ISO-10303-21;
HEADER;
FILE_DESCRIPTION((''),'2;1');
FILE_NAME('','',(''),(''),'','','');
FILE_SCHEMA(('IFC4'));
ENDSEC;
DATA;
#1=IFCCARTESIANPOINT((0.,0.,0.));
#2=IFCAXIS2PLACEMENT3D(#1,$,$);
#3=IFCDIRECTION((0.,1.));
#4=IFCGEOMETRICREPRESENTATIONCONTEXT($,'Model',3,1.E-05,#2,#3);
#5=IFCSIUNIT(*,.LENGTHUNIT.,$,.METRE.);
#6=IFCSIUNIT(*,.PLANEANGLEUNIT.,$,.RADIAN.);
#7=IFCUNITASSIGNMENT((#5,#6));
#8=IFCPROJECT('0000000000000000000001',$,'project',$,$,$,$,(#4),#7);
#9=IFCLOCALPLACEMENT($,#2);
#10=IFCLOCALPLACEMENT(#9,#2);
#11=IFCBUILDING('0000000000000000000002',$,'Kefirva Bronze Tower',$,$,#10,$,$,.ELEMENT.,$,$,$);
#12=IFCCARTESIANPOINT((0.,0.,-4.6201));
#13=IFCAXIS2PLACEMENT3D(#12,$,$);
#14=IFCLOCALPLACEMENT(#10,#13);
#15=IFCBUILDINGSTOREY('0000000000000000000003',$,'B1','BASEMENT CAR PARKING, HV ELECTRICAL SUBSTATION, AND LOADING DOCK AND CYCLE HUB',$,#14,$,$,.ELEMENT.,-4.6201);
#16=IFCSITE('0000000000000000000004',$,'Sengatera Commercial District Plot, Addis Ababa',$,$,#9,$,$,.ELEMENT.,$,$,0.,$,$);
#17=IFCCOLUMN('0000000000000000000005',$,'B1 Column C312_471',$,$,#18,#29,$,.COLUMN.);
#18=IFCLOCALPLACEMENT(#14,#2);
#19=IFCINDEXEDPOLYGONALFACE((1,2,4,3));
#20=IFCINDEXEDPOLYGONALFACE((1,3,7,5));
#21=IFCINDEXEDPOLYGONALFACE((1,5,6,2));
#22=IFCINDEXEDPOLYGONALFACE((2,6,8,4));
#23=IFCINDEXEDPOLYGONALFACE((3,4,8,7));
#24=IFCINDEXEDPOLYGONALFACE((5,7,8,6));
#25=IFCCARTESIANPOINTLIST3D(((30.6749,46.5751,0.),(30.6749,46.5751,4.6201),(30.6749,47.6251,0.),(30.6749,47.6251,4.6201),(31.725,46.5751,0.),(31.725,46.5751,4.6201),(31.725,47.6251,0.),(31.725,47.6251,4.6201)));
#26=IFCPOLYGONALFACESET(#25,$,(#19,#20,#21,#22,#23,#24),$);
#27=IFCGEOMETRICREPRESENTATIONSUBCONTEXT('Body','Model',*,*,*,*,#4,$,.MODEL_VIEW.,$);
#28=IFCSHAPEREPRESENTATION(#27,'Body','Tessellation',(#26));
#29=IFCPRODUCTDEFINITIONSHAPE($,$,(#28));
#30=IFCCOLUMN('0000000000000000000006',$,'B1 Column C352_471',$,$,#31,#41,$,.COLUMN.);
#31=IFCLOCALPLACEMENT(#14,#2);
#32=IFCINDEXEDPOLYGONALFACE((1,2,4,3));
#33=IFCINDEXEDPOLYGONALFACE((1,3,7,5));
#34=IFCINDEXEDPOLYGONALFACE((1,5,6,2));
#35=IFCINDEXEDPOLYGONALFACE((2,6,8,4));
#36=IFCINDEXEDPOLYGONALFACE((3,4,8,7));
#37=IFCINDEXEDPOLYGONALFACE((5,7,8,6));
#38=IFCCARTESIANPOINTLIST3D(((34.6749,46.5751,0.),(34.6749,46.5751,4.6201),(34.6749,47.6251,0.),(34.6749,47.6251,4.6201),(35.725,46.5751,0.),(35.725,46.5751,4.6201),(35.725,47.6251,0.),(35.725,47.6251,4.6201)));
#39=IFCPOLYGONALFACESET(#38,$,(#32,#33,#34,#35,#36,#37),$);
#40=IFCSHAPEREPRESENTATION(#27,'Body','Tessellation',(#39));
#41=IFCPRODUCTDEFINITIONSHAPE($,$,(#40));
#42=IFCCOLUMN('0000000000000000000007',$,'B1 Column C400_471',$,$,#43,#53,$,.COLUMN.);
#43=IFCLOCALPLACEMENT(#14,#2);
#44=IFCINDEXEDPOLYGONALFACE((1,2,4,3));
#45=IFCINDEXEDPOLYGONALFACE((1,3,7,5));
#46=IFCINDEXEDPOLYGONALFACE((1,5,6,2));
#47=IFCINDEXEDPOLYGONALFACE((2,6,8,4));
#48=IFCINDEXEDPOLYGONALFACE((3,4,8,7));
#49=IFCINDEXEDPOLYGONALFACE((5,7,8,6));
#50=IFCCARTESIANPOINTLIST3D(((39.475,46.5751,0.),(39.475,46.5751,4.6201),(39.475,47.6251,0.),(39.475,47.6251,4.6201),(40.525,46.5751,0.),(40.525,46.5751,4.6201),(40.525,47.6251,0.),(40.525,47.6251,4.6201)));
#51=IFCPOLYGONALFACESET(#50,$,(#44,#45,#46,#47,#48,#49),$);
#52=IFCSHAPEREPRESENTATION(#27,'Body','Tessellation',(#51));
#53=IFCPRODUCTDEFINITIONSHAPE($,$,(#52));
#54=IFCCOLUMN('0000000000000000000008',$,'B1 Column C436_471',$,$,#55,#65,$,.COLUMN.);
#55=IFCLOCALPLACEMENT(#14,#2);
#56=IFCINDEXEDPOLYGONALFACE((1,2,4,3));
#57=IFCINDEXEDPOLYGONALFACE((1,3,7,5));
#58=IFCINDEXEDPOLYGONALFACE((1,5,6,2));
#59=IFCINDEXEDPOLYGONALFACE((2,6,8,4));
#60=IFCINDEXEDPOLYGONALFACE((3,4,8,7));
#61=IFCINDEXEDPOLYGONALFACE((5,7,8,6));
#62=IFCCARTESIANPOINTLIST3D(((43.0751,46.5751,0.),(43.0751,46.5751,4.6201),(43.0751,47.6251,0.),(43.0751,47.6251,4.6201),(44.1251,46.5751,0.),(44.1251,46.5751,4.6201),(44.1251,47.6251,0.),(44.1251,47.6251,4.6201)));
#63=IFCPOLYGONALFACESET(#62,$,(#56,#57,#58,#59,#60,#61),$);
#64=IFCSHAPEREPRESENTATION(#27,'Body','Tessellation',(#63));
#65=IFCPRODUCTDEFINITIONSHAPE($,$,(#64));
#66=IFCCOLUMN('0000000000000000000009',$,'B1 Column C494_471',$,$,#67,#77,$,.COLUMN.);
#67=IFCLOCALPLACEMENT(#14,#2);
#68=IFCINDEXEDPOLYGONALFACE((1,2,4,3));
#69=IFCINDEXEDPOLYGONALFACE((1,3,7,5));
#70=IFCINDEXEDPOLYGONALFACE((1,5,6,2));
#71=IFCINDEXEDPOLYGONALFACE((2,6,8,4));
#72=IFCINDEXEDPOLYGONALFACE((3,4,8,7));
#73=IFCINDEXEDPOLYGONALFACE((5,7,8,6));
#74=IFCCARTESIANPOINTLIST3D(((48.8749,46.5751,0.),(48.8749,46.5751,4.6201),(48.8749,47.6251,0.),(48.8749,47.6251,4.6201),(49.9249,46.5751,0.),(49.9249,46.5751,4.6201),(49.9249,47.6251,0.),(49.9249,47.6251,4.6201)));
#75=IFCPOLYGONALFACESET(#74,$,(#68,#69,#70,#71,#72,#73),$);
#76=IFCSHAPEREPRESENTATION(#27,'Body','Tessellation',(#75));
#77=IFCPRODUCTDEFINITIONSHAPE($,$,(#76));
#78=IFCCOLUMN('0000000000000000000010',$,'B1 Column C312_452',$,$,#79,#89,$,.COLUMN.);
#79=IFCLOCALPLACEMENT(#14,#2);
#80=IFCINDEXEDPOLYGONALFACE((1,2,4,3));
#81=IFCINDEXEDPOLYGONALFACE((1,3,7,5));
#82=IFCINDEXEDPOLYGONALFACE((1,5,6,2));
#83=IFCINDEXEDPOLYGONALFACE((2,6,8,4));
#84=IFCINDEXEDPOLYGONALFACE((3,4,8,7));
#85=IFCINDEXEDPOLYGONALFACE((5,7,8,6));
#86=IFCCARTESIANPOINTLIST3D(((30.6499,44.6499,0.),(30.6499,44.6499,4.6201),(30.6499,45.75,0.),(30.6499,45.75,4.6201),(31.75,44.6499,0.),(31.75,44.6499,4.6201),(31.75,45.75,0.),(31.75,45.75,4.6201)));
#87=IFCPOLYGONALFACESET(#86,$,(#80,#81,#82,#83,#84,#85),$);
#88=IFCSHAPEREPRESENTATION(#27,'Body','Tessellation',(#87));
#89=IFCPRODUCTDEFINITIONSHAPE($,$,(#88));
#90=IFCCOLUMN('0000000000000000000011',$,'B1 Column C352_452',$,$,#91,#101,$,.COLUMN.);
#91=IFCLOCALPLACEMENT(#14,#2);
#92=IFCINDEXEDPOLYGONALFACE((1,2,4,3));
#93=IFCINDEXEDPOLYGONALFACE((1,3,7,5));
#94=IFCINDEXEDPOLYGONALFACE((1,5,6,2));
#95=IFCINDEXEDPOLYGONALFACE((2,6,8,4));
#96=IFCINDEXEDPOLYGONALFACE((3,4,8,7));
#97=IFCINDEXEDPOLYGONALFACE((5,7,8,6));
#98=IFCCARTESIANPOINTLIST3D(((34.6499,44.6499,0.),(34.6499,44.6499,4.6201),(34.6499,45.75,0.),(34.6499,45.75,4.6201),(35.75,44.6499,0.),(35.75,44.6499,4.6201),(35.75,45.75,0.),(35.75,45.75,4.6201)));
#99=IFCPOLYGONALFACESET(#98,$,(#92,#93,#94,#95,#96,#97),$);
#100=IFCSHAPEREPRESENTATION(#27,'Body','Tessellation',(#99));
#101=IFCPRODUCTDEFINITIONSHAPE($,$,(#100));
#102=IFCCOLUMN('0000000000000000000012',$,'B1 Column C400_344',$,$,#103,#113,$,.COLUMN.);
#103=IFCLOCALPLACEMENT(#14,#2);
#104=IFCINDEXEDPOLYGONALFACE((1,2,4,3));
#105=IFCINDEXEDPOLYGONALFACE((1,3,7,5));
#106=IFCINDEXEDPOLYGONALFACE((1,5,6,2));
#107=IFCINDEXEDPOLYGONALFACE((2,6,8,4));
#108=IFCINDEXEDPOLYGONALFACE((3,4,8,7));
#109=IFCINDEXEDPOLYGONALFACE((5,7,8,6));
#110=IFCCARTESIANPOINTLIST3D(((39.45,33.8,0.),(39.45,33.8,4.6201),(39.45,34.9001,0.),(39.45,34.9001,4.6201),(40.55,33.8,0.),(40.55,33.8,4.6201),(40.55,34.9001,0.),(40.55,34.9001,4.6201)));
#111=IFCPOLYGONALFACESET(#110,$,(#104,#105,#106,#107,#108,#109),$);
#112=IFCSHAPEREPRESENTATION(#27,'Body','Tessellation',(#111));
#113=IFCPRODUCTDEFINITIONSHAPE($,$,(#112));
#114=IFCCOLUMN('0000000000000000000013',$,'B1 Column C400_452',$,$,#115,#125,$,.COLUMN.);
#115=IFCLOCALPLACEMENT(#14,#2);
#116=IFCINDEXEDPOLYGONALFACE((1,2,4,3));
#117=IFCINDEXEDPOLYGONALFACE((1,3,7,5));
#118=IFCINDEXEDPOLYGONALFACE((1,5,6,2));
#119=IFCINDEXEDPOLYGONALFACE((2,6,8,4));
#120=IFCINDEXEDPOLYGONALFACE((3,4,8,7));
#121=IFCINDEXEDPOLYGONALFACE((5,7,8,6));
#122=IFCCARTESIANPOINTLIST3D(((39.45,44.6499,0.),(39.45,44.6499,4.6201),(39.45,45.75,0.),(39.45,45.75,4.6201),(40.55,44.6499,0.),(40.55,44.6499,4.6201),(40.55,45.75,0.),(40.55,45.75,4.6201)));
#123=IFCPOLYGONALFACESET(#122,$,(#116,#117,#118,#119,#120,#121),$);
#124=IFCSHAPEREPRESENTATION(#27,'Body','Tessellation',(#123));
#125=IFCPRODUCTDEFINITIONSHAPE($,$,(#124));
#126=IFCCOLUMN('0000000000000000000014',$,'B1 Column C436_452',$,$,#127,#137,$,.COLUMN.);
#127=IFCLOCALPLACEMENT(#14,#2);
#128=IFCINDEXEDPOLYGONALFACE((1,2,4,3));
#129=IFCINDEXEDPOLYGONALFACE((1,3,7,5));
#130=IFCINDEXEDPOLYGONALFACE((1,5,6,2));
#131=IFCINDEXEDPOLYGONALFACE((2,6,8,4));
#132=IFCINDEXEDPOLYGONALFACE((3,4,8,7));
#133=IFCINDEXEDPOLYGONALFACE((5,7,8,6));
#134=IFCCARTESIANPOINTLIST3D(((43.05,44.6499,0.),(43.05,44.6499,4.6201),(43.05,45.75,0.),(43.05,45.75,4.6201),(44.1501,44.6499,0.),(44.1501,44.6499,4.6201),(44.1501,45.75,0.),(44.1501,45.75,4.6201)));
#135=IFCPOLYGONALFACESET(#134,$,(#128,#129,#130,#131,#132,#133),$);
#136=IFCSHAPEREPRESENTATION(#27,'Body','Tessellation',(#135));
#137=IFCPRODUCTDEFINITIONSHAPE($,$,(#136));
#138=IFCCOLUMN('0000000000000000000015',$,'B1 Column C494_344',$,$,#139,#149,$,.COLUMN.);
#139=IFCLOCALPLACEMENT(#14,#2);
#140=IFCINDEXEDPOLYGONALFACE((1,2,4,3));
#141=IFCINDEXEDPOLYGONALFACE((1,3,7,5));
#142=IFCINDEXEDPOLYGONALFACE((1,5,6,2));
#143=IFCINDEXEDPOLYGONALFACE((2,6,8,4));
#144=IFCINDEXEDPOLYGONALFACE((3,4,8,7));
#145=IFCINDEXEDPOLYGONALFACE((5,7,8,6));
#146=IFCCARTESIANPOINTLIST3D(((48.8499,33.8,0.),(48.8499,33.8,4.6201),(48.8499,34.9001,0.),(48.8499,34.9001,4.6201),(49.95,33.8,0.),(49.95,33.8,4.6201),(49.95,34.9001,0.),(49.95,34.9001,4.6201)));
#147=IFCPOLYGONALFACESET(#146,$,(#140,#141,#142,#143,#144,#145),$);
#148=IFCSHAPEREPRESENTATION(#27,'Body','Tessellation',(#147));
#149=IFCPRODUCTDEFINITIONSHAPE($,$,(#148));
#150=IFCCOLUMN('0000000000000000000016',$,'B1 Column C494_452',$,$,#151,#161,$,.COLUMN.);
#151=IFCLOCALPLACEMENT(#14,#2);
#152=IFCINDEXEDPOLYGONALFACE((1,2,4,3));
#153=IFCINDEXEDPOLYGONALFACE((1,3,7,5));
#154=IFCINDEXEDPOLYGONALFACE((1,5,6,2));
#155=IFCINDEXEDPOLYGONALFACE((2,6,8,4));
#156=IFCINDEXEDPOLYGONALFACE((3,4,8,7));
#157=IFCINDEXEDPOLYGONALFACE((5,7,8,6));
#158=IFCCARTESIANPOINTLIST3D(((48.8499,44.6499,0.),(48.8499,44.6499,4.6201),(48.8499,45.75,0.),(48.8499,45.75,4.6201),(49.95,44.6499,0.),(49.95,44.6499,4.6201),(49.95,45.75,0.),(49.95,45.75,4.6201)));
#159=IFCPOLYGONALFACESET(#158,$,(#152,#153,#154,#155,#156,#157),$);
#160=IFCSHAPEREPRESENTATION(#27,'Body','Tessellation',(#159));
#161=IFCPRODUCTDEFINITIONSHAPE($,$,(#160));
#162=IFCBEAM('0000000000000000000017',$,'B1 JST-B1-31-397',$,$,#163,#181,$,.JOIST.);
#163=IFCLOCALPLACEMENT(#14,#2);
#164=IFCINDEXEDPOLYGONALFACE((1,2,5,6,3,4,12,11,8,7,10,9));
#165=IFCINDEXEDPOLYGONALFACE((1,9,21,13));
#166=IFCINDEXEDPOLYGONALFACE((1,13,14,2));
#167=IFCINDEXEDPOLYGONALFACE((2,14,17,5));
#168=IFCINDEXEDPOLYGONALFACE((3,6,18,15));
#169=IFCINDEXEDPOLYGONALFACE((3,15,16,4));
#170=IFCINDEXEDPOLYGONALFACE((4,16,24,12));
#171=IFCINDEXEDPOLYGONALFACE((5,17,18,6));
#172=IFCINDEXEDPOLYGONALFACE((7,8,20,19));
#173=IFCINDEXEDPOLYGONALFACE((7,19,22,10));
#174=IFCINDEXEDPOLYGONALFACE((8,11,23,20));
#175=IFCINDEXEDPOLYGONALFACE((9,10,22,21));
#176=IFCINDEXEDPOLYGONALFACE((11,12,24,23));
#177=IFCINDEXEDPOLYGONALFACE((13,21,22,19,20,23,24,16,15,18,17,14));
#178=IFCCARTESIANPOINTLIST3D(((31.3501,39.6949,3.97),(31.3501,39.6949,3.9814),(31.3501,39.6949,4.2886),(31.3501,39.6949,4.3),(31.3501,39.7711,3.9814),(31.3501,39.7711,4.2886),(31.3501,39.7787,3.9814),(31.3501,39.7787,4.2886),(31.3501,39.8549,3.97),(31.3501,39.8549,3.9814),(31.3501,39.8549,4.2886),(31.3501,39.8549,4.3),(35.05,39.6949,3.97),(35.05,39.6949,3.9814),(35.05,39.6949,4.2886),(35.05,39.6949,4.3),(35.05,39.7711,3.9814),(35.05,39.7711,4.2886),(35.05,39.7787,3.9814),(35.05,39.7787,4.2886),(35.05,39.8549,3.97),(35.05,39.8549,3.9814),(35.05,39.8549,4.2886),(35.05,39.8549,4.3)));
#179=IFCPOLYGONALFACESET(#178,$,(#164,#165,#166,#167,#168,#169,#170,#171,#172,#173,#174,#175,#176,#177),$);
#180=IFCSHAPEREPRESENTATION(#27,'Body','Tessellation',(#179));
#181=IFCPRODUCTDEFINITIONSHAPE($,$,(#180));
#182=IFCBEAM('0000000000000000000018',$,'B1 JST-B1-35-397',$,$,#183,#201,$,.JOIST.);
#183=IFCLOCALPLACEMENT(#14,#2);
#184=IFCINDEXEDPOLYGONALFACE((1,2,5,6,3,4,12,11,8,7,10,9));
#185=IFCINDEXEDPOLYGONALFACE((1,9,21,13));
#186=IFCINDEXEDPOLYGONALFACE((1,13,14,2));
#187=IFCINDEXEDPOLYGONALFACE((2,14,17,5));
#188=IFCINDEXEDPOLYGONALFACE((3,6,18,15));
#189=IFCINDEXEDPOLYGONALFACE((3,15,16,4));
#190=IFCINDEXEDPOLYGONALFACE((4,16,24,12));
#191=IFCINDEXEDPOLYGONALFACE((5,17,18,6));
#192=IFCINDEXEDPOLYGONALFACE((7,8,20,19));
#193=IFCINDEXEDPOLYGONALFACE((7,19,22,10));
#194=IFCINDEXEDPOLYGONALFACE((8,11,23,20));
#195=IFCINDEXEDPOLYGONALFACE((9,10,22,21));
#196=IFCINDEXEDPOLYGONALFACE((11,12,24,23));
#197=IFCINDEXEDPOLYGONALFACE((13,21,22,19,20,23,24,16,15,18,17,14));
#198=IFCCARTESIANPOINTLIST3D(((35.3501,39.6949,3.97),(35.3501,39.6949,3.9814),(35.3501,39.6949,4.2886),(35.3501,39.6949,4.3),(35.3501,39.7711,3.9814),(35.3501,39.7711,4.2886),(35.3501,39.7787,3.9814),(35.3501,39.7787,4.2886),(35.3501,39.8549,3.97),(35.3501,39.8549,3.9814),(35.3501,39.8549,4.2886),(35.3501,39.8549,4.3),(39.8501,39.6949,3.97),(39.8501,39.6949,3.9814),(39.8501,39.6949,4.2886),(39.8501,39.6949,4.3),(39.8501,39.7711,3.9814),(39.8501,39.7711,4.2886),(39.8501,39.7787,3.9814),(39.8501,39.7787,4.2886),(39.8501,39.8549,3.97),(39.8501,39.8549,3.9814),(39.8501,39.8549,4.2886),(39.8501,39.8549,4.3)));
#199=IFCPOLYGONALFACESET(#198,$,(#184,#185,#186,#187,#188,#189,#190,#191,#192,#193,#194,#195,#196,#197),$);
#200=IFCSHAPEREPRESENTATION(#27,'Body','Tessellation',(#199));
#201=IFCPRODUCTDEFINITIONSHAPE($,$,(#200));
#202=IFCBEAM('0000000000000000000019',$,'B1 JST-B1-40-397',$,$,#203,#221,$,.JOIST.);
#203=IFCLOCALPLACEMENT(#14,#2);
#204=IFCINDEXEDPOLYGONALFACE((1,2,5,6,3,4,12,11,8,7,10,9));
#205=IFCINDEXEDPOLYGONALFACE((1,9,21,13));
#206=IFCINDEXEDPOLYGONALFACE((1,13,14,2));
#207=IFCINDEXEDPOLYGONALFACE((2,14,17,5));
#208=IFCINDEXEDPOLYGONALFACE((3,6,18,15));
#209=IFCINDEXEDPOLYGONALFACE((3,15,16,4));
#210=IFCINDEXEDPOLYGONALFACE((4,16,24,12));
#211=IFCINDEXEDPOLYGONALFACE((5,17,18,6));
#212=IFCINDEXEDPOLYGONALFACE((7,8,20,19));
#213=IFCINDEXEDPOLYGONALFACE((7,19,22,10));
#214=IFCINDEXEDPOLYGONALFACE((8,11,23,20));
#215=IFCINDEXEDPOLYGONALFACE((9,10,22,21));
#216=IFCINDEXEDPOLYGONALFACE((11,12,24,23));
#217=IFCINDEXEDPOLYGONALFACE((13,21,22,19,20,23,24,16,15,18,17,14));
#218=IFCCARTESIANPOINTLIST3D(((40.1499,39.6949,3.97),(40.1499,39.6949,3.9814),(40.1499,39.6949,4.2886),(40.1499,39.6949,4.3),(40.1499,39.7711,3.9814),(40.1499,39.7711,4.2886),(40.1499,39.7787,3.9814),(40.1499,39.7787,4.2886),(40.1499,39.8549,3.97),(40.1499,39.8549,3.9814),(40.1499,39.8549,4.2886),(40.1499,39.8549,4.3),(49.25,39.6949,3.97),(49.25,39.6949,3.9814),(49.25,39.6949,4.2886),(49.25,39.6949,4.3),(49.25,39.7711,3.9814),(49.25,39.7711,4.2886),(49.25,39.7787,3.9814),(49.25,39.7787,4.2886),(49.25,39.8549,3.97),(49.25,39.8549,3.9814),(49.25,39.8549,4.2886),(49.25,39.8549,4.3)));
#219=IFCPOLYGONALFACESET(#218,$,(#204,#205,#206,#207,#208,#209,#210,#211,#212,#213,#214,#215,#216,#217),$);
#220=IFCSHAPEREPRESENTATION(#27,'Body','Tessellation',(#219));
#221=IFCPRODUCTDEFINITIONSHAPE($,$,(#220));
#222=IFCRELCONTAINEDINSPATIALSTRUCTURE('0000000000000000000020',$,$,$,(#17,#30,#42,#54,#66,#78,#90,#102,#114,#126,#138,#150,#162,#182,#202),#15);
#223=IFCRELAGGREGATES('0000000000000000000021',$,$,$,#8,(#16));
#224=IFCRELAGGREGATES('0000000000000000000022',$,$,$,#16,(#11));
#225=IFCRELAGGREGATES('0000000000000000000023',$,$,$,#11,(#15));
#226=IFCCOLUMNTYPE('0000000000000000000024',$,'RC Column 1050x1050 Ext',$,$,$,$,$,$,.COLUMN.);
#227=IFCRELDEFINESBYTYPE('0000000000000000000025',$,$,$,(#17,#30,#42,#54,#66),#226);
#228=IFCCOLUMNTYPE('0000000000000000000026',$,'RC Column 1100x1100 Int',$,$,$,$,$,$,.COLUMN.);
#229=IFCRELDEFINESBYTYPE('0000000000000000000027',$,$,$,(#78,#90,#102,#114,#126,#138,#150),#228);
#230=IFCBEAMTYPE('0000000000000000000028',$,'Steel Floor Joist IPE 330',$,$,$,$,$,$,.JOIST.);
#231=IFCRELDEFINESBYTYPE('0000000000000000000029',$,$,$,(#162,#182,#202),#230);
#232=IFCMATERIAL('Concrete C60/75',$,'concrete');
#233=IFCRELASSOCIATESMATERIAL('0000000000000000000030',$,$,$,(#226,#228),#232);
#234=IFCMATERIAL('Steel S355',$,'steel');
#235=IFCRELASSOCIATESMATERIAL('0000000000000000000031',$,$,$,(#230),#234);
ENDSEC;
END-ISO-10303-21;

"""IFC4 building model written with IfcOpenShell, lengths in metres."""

from ifc_helpers import new_model, si_unit, direction, frame, origin, origin_2d, place, context, subcontext, project, spatial, rectangle, i_section, extrude, material, material_profile, profile_set, type_object, element, save


model = new_model("IFC4")

# Units and contexts
model_context = context("Model", 3, precision=1e-05, world=origin(), true_north=direction((0.0, 1.0)))
body_context = subcontext(model_context, "Body", "Model", "MODEL_VIEW")
ifc_project = project(units=[si_unit("LENGTHUNIT", "METRE"), si_unit("PLANEANGLEUNIT", "RADIAN")], contexts=[model_context])

# Site, building, storey
site_placement = place(None, origin())
site = spatial("IfcSite", under=ifc_project, at=site_placement, Name="Sengatera Commercial District Plot, Addis Ababa", CompositionType="ELEMENT", RefElevation=0.0)
building_placement = place(site_placement, origin())
building = spatial("IfcBuilding", under=site, at=building_placement, Name="Kefirva Bronze Tower", CompositionType="ELEMENT")
storey_placement = place(building_placement, frame((0.0, 0.0, -4.6201)))
storey = spatial("IfcBuildingStorey", under=building, at=storey_placement, Name="B1", Description="BASEMENT CAR PARKING, HV ELECTRICAL SUBSTATION, AND LOADING DOCK AND CYCLE HUB", CompositionType="ELEMENT", Elevation=-4.6201)

# Columns
ifc_material_1 = material(Name="Concrete C60/75", Category="concrete")
ifc_material_profile_1 = material_profile(ifc_material_1, rectangle(XDim=1.05, YDim=1.05, at=origin_2d()), Name="RC 1050x1050")
ifc_profile_set_1 = profile_set([ifc_material_profile_1], Name="Concrete C60/75")
column_type_1 = type_object("IfcColumnType", Name="RC Column 1050x1050 Ext", PredefinedType="COLUMN", material=ifc_profile_set_1)
for number, where, z_axis, x_axis, name in (
    (1, (31.2, 47.1001, 0.0), (0.0, 0.0, 1.0), (1.0, 0.0, 0.0), "B1 Column C312_471"),
    (2, (35.2, 47.1001, 0.0), (0.0, 0.0, 1.0), (1.0, 0.0, 0.0), "B1 Column C352_471"),
    (3, (40.0, 47.1001, 0.0), (0.0, 0.0, 1.0), (1.0, 0.0, 0.0), "B1 Column C400_471"),
    (4, (43.6001, 47.1001, 0.0), (0.0, 0.0, 1.0), (1.0, 0.0, 0.0), "B1 Column C436_471"),
    (5, (49.3999, 47.1001, 0.0), (0.0, 0.0, 1.0), (1.0, 0.0, 0.0), "B1 Column C494_471"),
):
    element("IfcColumn", number, at=place(storey_placement, frame(where, z_axis=z_axis, x_axis=x_axis)), inside=storey, type_object=column_type_1, Name=name, PredefinedType="COLUMN", context=body_context, shape_type="SweptSolid", body=[
        extrude(rectangle(XDim=1.05, YDim=1.05, at=origin_2d()), origin(), (0.0, 0.0, 1.0), 4.6201),
    ])
ifc_material_profile_2 = material_profile(ifc_material_1, rectangle(XDim=1.1001, YDim=1.1001, at=origin_2d()), Name="RC 1100x1100")
ifc_profile_set_2 = profile_set([ifc_material_profile_2], Name="Concrete C60/75")
column_type_2 = type_object("IfcColumnType", Name="RC Column 1100x1100 Int", PredefinedType="COLUMN", material=ifc_profile_set_2)
for number, where, z_axis, x_axis, name in (
    (6, (31.2, 45.2, 0.0), (0.0, 0.0, 1.0), (1.0, 0.0, 0.0), "B1 Column C312_452"),
    (7, (35.2, 45.2, 0.0), (0.0, 0.0, 1.0), (1.0, 0.0, 0.0), "B1 Column C352_452"),
    (8, (40.0, 34.3501, 0.0), (0.0, 0.0, 1.0), (1.0, 0.0, 0.0), "B1 Column C400_344"),
    (9, (40.0, 45.2, 0.0), (0.0, 0.0, 1.0), (1.0, 0.0, 0.0), "B1 Column C400_452"),
    (10, (43.6001, 45.2, 0.0), (0.0, 0.0, 1.0), (1.0, 0.0, 0.0), "B1 Column C436_452"),
    (11, (49.3999, 34.3501, 0.0), (0.0, 0.0, 1.0), (1.0, 0.0, 0.0), "B1 Column C494_344"),
    (12, (49.3999, 45.2, 0.0), (0.0, 0.0, 1.0), (1.0, 0.0, 0.0), "B1 Column C494_452"),
):
    element("IfcColumn", number, at=place(storey_placement, frame(where, z_axis=z_axis, x_axis=x_axis)), inside=storey, type_object=column_type_2, Name=name, PredefinedType="COLUMN", context=body_context, shape_type="SweptSolid", body=[
        extrude(rectangle(XDim=1.1001, YDim=1.1001, at=origin_2d()), origin(), (0.0, 0.0, 1.0), 4.6201),
    ])

# Beams
ifc_material_2 = material(Name="Steel S355", Category="steel")
ifc_material_profile_3 = material_profile(ifc_material_2, i_section(OverallWidth=0.1599, OverallDepth=0.3301, WebThickness=0.0076, FlangeThickness=0.0115, at=origin_2d()), Name="IPE 330")
ifc_profile_set_3 = profile_set([ifc_material_profile_3], Name="Steel S355")
beam_type_1 = type_object("IfcBeamType", Name="Steel Floor Joist IPE 330", PredefinedType="JOIST", material=ifc_profile_set_3)
beam_1_placement = place(storey_placement, frame((31.3501, 39.7749, 4.135), z_axis=(1.0, 0.0, 0.0), x_axis=(0.0, 1.0, 0.0)))
element("IfcBeam", 13, at=beam_1_placement, inside=storey, type_object=beam_type_1, Name="B1 JST-B1-31-397", PredefinedType="JOIST", context=body_context, shape_type="SweptSolid", body=[
    extrude(i_section(OverallWidth=0.1599, OverallDepth=0.3301, WebThickness=0.0076, FlangeThickness=0.0115, at=origin_2d()), origin(), (0.0, 0.0, 1.0), 3.7),
])
beam_2_placement = place(storey_placement, frame((35.3501, 39.7749, 4.135), z_axis=(1.0, 0.0, 0.0), x_axis=(0.0, 1.0, 0.0)))
element("IfcBeam", 14, at=beam_2_placement, inside=storey, type_object=beam_type_1, Name="B1 JST-B1-35-397", PredefinedType="JOIST", context=body_context, shape_type="SweptSolid", body=[
    extrude(i_section(OverallWidth=0.1599, OverallDepth=0.3301, WebThickness=0.0076, FlangeThickness=0.0115, at=origin_2d()), origin(), (0.0, 0.0, 1.0), 4.5),
])
beam_3_placement = place(storey_placement, frame((40.1499, 39.7749, 4.135), z_axis=(1.0, 0.0, 0.0), x_axis=(0.0, 1.0, 0.0)))
element("IfcBeam", 15, at=beam_3_placement, inside=storey, type_object=beam_type_1, Name="B1 JST-B1-40-397", PredefinedType="JOIST", context=body_context, shape_type="SweptSolid", body=[
    extrude(i_section(OverallWidth=0.1599, OverallDepth=0.3301, WebThickness=0.0076, FlangeThickness=0.0115, at=origin_2d()), origin(), (0.0, 0.0, 1.0), 9.1001),
])

save(model, "model.ifc")
